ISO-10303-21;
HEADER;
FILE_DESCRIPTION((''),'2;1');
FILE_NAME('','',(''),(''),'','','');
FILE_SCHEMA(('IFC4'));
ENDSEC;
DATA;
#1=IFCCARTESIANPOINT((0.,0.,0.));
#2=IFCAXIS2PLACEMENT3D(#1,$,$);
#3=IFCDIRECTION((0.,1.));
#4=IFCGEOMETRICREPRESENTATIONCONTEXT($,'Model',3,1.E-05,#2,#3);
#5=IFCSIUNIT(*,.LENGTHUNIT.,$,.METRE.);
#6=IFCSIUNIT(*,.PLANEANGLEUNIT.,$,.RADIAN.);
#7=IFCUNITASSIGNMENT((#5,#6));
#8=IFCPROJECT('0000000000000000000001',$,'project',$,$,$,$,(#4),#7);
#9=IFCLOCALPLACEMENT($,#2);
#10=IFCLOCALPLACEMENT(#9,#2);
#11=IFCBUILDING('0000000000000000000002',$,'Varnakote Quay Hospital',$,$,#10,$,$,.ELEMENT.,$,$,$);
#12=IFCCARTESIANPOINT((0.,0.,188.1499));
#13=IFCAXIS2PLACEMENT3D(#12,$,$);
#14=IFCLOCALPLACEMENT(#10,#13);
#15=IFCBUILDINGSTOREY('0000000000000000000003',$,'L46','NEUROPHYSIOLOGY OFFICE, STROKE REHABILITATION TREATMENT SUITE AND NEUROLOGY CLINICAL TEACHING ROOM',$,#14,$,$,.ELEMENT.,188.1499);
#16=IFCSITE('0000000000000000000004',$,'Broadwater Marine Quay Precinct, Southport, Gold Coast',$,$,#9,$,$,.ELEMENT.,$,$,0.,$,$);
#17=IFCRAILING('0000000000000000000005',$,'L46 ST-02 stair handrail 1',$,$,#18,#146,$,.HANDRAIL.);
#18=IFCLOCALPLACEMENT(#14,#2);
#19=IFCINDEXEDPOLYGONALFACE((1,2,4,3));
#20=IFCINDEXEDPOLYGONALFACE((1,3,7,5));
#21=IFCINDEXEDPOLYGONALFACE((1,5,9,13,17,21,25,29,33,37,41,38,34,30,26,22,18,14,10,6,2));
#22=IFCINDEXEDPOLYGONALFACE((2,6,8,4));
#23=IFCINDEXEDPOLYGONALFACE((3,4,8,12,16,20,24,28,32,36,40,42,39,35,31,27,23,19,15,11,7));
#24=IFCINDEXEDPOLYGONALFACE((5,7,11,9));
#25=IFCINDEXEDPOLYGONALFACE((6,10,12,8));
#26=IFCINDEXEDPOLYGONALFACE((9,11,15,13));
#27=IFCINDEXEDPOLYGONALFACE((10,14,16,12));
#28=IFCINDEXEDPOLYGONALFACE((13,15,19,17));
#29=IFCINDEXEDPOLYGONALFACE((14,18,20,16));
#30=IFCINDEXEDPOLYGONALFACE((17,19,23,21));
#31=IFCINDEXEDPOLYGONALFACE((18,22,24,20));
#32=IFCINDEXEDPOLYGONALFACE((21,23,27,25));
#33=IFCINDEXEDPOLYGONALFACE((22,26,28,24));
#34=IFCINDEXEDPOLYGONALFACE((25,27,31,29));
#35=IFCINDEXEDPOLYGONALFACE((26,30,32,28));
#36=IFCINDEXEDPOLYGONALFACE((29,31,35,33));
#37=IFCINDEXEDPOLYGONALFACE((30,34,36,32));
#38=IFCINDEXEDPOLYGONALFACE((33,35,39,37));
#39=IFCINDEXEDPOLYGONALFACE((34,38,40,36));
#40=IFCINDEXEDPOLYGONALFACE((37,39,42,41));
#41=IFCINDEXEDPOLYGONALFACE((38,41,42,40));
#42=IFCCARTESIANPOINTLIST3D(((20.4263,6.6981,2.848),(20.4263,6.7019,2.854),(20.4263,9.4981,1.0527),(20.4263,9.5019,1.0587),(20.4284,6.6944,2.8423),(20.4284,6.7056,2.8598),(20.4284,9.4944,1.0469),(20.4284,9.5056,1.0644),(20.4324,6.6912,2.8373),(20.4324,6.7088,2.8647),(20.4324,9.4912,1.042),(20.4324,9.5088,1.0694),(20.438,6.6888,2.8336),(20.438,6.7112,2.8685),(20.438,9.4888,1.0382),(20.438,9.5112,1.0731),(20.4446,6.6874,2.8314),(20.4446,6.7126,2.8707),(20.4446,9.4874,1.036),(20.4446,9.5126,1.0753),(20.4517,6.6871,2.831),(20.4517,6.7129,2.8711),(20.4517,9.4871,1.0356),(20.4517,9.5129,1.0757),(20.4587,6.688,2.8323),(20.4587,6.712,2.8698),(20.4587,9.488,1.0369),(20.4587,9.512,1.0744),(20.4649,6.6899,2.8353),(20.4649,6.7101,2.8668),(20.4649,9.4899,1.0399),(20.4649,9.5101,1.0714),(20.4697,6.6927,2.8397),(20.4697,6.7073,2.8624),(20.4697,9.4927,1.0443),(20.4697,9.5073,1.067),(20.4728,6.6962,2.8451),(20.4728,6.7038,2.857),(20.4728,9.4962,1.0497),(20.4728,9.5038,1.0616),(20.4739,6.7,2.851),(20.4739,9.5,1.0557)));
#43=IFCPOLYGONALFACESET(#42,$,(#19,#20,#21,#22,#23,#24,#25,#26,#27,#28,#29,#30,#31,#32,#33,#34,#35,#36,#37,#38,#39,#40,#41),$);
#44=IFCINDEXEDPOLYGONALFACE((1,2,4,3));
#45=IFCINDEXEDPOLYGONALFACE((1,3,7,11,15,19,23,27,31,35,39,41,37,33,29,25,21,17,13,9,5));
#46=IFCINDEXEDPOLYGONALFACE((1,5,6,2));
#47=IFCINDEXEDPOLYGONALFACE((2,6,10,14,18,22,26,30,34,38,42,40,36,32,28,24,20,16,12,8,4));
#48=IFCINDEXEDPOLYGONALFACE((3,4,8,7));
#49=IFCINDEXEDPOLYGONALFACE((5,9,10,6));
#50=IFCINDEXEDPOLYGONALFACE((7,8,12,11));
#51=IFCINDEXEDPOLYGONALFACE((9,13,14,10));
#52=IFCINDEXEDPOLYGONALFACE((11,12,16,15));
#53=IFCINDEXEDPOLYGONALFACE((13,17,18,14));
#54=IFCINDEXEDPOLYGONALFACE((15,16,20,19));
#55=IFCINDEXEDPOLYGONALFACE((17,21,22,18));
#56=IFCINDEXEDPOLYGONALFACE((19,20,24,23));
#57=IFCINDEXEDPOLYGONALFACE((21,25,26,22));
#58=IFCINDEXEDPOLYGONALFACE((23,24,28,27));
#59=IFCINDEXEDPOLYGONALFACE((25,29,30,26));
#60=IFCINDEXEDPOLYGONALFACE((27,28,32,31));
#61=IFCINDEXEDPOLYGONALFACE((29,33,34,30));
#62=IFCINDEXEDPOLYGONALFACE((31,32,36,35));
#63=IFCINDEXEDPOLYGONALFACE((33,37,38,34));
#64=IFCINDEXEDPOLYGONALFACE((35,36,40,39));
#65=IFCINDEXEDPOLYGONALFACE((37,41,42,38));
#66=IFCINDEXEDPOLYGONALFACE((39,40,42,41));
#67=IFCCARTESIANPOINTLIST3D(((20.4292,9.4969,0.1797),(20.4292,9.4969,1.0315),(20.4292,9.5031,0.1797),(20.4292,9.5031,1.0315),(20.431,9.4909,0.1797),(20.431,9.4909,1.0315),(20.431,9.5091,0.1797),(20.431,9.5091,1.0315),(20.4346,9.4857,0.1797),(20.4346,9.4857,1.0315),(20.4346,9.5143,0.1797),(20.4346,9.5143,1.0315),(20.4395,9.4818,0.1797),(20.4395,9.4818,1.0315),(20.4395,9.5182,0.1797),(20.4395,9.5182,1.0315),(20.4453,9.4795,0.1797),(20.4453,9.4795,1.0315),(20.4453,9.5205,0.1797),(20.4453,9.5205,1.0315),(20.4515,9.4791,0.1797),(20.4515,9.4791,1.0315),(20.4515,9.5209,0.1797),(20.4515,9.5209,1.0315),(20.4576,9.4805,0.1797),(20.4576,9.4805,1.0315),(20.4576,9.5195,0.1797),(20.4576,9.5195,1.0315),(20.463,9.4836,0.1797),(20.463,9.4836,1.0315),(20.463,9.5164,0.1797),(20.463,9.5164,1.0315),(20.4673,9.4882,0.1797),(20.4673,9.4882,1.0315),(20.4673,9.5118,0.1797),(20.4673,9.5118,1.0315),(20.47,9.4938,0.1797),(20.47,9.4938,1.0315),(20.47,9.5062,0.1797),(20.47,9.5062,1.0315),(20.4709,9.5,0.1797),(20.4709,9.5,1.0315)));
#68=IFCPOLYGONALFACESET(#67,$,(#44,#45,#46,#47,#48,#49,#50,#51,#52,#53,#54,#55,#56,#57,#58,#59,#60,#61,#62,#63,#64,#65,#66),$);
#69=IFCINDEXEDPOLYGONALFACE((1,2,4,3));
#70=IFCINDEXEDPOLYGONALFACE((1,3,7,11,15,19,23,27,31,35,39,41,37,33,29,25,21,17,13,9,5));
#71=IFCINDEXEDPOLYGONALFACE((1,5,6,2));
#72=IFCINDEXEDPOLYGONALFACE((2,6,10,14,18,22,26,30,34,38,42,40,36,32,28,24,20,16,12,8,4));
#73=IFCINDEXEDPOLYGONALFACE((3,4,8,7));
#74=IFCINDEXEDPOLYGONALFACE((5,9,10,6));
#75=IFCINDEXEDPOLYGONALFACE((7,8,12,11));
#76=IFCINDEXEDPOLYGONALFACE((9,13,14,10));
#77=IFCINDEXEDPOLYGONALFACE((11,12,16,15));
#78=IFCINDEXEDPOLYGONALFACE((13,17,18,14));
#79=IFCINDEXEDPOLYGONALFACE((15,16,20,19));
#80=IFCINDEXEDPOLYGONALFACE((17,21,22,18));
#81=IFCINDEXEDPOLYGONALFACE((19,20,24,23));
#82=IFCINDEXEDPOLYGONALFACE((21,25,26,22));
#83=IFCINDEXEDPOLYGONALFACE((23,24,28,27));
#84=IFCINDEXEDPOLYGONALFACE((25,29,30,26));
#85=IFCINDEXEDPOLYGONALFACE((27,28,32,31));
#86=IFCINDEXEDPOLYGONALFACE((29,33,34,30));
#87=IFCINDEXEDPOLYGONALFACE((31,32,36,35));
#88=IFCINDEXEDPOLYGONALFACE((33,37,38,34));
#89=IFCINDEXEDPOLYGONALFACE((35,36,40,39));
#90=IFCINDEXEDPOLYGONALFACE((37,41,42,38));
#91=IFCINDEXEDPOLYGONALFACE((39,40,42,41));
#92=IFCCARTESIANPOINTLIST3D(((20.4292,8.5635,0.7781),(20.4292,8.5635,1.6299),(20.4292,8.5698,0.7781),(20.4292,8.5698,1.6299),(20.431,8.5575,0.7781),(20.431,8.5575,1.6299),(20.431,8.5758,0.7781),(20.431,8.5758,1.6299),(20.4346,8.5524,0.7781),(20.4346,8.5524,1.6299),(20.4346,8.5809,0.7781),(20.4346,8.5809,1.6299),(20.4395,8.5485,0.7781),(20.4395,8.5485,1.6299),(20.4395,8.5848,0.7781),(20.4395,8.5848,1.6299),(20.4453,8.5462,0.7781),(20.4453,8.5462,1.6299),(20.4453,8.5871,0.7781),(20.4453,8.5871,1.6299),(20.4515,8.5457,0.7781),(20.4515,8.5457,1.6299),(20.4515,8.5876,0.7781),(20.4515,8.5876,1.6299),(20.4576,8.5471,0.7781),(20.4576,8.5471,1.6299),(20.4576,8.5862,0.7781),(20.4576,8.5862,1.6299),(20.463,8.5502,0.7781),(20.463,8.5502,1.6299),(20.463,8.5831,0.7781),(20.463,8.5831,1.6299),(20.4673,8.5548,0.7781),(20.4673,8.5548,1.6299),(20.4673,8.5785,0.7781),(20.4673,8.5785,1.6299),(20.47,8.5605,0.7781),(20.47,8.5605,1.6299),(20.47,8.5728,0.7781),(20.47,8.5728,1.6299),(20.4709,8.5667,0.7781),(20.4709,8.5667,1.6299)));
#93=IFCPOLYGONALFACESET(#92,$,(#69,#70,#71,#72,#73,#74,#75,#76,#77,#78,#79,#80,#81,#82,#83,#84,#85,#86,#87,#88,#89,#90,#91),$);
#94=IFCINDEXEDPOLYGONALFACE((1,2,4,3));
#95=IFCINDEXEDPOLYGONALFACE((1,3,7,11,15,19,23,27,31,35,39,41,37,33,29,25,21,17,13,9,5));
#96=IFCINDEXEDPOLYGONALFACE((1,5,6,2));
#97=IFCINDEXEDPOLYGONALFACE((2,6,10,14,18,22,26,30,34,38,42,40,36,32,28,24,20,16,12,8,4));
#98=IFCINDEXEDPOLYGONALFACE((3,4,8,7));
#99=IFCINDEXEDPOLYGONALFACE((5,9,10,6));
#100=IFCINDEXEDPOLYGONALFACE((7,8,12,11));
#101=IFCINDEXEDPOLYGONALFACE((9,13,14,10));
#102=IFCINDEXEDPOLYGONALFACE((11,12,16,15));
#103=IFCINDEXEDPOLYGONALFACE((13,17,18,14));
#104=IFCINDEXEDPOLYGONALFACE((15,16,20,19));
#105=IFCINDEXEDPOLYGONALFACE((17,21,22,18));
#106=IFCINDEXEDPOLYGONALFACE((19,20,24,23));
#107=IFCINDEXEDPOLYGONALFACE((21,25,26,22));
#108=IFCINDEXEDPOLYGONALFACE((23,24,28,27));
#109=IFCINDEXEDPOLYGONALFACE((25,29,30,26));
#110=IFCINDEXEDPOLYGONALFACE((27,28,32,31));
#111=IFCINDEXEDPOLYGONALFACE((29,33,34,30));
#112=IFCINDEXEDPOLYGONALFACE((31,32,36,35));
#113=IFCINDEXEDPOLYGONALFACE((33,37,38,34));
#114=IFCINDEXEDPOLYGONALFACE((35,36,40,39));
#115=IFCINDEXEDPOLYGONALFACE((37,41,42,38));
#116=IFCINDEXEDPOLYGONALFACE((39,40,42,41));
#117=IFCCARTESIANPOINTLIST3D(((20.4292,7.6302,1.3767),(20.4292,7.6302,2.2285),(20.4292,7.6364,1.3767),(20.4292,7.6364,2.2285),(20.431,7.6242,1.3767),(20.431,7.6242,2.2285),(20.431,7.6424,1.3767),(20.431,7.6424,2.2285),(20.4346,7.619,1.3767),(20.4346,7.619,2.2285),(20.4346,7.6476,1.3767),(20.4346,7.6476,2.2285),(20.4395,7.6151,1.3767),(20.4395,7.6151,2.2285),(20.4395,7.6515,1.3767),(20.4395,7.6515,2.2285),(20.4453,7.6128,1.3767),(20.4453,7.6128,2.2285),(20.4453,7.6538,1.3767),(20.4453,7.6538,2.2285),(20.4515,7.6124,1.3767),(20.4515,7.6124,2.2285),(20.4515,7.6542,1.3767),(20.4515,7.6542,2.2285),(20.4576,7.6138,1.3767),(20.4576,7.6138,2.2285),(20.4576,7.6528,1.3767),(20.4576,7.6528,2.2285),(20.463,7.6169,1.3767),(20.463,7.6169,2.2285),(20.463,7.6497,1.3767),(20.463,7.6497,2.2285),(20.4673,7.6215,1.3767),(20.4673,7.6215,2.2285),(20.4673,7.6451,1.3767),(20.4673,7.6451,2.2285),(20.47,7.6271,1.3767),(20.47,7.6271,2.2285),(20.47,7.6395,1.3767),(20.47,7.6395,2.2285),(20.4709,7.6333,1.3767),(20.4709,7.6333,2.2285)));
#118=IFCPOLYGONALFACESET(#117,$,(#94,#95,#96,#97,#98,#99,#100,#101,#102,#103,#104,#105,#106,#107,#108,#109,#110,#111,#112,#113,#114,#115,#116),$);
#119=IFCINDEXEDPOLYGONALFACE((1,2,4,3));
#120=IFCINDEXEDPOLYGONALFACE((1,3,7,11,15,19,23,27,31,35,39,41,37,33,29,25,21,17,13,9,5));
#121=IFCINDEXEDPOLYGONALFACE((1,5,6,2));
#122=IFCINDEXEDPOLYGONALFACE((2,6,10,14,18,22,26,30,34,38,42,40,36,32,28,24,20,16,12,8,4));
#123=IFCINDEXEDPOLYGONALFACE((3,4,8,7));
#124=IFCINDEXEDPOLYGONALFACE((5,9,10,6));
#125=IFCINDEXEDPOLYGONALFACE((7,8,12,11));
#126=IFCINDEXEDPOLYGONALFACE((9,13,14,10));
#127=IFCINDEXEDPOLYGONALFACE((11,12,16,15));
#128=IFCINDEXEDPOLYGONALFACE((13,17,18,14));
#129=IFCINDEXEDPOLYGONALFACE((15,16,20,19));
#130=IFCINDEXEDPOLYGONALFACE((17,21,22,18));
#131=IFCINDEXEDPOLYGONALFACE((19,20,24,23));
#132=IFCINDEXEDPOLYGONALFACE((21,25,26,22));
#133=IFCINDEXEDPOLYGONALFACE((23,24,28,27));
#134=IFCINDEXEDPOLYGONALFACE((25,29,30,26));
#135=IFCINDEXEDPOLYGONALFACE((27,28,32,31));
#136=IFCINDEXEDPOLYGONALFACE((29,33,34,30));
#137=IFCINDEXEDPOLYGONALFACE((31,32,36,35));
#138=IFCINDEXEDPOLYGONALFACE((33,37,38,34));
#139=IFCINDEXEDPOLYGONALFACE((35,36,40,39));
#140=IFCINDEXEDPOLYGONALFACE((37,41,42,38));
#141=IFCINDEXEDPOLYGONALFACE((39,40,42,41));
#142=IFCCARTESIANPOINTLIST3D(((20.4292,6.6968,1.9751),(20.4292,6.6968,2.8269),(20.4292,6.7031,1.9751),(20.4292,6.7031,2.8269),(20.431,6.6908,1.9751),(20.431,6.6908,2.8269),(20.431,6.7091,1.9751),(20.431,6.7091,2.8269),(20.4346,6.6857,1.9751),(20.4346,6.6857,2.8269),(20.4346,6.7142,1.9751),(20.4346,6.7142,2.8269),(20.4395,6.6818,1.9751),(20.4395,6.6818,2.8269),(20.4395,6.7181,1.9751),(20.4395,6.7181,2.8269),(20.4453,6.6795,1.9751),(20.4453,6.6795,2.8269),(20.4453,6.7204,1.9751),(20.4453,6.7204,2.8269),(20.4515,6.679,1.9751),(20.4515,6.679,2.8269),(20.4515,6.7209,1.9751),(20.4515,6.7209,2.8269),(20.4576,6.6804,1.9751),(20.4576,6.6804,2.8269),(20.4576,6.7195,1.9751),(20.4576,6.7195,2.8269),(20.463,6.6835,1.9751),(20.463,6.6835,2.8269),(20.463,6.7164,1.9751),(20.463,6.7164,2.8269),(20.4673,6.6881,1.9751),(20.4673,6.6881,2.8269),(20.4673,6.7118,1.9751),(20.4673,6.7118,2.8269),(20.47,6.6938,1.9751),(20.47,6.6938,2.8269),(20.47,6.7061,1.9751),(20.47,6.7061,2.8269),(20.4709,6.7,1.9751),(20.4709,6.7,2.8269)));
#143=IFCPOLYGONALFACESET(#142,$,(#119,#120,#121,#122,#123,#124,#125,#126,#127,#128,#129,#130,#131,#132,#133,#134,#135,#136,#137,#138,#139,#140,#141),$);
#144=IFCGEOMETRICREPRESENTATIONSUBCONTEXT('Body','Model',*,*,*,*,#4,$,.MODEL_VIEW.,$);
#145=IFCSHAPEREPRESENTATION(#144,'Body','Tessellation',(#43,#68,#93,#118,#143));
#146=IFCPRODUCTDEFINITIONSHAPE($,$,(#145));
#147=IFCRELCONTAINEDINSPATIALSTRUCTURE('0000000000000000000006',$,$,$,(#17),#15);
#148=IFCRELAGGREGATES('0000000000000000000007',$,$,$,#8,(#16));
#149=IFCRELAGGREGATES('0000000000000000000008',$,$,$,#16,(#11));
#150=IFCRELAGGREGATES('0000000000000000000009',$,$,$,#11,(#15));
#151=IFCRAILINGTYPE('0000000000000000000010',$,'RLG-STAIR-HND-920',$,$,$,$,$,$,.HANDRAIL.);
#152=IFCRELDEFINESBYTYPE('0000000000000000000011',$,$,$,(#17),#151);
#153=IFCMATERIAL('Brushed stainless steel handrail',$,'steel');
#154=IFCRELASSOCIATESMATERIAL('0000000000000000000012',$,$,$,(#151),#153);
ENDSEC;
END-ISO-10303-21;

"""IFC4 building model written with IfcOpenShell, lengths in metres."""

from ifc_helpers import new_model, si_unit, direction, frame, origin, origin_2d, place, context, subcontext, project, spatial, circle, extrude, material, type_object, element, save


model = new_model("IFC4")

# Units and contexts
model_context = context("Model", 3, precision=1e-05, world=origin(), true_north=direction((0.0, 1.0)))
body_context = subcontext(model_context, "Body", "Model", "MODEL_VIEW")
ifc_project = project(units=[si_unit("LENGTHUNIT", "METRE"), si_unit("PLANEANGLEUNIT", "RADIAN")], contexts=[model_context])

# Site, building, storey
site_placement = place(None, origin())
site = spatial("IfcSite", under=ifc_project, at=site_placement, Name="Broadwater Marine Quay Precinct, Southport, Gold Coast", CompositionType="ELEMENT", RefElevation=0.0)
building_placement = place(site_placement, origin())
building = spatial("IfcBuilding", under=site, at=building_placement, Name="Varnakote Quay Hospital", CompositionType="ELEMENT")
storey_placement = place(building_placement, frame((0.0, 0.0, 188.1499)))
storey = spatial("IfcBuildingStorey", under=building, at=storey_placement, Name="L46", Description="NEUROPHYSIOLOGY OFFICE, STROKE REHABILITATION TREATMENT SUITE AND NEUROLOGY CLINICAL TEACHING ROOM", CompositionType="ELEMENT", Elevation=188.1499)

# Railing
ifc_material_1 = material(Name="Brushed stainless steel handrail", Category="steel")
railing_type_1 = type_object("IfcRailingType", Name="RLG-STAIR-HND-920", PredefinedType="HANDRAIL", material=ifc_material_1)
railing_1_placement = place(storey_placement, frame((20.45, 9.5, 0.1797)))
element("IfcRailing", 1, at=railing_1_placement, inside=storey, type_object=railing_type_1, Name="L46 ST-02 stair handrail 1", PredefinedType="HANDRAIL", context=body_context, shape_type="SweptSolid", body=[
    extrude(circle(Radius=0.0239, at=origin_2d()), frame((0.0, 0.0, 0.876), z_axis=(0.0, -0.84181, 0.539774), x_axis=(1.0, 0.0, 0.0)), (0.0, 0.0, 1.0), 3.3262),
    extrude(circle(Radius=0.021, at=origin_2d()), origin(), (0.0, 0.0, 1.0), 0.8518),
    extrude(circle(Radius=0.021, at=origin_2d()), frame((0.0, -0.9333, 0.5984)), (0.0, 0.0, 1.0), 0.8518),
    extrude(circle(Radius=0.021, at=origin_2d()), frame((0.0, -1.8667, 1.197)), (0.0, 0.0, 1.0), 0.8518),
    extrude(circle(Radius=0.021, at=origin_2d()), frame((0.0, -2.8, 1.7954)), (0.0, 0.0, 1.0), 0.8518),
])

save(model, "model.ifc")
